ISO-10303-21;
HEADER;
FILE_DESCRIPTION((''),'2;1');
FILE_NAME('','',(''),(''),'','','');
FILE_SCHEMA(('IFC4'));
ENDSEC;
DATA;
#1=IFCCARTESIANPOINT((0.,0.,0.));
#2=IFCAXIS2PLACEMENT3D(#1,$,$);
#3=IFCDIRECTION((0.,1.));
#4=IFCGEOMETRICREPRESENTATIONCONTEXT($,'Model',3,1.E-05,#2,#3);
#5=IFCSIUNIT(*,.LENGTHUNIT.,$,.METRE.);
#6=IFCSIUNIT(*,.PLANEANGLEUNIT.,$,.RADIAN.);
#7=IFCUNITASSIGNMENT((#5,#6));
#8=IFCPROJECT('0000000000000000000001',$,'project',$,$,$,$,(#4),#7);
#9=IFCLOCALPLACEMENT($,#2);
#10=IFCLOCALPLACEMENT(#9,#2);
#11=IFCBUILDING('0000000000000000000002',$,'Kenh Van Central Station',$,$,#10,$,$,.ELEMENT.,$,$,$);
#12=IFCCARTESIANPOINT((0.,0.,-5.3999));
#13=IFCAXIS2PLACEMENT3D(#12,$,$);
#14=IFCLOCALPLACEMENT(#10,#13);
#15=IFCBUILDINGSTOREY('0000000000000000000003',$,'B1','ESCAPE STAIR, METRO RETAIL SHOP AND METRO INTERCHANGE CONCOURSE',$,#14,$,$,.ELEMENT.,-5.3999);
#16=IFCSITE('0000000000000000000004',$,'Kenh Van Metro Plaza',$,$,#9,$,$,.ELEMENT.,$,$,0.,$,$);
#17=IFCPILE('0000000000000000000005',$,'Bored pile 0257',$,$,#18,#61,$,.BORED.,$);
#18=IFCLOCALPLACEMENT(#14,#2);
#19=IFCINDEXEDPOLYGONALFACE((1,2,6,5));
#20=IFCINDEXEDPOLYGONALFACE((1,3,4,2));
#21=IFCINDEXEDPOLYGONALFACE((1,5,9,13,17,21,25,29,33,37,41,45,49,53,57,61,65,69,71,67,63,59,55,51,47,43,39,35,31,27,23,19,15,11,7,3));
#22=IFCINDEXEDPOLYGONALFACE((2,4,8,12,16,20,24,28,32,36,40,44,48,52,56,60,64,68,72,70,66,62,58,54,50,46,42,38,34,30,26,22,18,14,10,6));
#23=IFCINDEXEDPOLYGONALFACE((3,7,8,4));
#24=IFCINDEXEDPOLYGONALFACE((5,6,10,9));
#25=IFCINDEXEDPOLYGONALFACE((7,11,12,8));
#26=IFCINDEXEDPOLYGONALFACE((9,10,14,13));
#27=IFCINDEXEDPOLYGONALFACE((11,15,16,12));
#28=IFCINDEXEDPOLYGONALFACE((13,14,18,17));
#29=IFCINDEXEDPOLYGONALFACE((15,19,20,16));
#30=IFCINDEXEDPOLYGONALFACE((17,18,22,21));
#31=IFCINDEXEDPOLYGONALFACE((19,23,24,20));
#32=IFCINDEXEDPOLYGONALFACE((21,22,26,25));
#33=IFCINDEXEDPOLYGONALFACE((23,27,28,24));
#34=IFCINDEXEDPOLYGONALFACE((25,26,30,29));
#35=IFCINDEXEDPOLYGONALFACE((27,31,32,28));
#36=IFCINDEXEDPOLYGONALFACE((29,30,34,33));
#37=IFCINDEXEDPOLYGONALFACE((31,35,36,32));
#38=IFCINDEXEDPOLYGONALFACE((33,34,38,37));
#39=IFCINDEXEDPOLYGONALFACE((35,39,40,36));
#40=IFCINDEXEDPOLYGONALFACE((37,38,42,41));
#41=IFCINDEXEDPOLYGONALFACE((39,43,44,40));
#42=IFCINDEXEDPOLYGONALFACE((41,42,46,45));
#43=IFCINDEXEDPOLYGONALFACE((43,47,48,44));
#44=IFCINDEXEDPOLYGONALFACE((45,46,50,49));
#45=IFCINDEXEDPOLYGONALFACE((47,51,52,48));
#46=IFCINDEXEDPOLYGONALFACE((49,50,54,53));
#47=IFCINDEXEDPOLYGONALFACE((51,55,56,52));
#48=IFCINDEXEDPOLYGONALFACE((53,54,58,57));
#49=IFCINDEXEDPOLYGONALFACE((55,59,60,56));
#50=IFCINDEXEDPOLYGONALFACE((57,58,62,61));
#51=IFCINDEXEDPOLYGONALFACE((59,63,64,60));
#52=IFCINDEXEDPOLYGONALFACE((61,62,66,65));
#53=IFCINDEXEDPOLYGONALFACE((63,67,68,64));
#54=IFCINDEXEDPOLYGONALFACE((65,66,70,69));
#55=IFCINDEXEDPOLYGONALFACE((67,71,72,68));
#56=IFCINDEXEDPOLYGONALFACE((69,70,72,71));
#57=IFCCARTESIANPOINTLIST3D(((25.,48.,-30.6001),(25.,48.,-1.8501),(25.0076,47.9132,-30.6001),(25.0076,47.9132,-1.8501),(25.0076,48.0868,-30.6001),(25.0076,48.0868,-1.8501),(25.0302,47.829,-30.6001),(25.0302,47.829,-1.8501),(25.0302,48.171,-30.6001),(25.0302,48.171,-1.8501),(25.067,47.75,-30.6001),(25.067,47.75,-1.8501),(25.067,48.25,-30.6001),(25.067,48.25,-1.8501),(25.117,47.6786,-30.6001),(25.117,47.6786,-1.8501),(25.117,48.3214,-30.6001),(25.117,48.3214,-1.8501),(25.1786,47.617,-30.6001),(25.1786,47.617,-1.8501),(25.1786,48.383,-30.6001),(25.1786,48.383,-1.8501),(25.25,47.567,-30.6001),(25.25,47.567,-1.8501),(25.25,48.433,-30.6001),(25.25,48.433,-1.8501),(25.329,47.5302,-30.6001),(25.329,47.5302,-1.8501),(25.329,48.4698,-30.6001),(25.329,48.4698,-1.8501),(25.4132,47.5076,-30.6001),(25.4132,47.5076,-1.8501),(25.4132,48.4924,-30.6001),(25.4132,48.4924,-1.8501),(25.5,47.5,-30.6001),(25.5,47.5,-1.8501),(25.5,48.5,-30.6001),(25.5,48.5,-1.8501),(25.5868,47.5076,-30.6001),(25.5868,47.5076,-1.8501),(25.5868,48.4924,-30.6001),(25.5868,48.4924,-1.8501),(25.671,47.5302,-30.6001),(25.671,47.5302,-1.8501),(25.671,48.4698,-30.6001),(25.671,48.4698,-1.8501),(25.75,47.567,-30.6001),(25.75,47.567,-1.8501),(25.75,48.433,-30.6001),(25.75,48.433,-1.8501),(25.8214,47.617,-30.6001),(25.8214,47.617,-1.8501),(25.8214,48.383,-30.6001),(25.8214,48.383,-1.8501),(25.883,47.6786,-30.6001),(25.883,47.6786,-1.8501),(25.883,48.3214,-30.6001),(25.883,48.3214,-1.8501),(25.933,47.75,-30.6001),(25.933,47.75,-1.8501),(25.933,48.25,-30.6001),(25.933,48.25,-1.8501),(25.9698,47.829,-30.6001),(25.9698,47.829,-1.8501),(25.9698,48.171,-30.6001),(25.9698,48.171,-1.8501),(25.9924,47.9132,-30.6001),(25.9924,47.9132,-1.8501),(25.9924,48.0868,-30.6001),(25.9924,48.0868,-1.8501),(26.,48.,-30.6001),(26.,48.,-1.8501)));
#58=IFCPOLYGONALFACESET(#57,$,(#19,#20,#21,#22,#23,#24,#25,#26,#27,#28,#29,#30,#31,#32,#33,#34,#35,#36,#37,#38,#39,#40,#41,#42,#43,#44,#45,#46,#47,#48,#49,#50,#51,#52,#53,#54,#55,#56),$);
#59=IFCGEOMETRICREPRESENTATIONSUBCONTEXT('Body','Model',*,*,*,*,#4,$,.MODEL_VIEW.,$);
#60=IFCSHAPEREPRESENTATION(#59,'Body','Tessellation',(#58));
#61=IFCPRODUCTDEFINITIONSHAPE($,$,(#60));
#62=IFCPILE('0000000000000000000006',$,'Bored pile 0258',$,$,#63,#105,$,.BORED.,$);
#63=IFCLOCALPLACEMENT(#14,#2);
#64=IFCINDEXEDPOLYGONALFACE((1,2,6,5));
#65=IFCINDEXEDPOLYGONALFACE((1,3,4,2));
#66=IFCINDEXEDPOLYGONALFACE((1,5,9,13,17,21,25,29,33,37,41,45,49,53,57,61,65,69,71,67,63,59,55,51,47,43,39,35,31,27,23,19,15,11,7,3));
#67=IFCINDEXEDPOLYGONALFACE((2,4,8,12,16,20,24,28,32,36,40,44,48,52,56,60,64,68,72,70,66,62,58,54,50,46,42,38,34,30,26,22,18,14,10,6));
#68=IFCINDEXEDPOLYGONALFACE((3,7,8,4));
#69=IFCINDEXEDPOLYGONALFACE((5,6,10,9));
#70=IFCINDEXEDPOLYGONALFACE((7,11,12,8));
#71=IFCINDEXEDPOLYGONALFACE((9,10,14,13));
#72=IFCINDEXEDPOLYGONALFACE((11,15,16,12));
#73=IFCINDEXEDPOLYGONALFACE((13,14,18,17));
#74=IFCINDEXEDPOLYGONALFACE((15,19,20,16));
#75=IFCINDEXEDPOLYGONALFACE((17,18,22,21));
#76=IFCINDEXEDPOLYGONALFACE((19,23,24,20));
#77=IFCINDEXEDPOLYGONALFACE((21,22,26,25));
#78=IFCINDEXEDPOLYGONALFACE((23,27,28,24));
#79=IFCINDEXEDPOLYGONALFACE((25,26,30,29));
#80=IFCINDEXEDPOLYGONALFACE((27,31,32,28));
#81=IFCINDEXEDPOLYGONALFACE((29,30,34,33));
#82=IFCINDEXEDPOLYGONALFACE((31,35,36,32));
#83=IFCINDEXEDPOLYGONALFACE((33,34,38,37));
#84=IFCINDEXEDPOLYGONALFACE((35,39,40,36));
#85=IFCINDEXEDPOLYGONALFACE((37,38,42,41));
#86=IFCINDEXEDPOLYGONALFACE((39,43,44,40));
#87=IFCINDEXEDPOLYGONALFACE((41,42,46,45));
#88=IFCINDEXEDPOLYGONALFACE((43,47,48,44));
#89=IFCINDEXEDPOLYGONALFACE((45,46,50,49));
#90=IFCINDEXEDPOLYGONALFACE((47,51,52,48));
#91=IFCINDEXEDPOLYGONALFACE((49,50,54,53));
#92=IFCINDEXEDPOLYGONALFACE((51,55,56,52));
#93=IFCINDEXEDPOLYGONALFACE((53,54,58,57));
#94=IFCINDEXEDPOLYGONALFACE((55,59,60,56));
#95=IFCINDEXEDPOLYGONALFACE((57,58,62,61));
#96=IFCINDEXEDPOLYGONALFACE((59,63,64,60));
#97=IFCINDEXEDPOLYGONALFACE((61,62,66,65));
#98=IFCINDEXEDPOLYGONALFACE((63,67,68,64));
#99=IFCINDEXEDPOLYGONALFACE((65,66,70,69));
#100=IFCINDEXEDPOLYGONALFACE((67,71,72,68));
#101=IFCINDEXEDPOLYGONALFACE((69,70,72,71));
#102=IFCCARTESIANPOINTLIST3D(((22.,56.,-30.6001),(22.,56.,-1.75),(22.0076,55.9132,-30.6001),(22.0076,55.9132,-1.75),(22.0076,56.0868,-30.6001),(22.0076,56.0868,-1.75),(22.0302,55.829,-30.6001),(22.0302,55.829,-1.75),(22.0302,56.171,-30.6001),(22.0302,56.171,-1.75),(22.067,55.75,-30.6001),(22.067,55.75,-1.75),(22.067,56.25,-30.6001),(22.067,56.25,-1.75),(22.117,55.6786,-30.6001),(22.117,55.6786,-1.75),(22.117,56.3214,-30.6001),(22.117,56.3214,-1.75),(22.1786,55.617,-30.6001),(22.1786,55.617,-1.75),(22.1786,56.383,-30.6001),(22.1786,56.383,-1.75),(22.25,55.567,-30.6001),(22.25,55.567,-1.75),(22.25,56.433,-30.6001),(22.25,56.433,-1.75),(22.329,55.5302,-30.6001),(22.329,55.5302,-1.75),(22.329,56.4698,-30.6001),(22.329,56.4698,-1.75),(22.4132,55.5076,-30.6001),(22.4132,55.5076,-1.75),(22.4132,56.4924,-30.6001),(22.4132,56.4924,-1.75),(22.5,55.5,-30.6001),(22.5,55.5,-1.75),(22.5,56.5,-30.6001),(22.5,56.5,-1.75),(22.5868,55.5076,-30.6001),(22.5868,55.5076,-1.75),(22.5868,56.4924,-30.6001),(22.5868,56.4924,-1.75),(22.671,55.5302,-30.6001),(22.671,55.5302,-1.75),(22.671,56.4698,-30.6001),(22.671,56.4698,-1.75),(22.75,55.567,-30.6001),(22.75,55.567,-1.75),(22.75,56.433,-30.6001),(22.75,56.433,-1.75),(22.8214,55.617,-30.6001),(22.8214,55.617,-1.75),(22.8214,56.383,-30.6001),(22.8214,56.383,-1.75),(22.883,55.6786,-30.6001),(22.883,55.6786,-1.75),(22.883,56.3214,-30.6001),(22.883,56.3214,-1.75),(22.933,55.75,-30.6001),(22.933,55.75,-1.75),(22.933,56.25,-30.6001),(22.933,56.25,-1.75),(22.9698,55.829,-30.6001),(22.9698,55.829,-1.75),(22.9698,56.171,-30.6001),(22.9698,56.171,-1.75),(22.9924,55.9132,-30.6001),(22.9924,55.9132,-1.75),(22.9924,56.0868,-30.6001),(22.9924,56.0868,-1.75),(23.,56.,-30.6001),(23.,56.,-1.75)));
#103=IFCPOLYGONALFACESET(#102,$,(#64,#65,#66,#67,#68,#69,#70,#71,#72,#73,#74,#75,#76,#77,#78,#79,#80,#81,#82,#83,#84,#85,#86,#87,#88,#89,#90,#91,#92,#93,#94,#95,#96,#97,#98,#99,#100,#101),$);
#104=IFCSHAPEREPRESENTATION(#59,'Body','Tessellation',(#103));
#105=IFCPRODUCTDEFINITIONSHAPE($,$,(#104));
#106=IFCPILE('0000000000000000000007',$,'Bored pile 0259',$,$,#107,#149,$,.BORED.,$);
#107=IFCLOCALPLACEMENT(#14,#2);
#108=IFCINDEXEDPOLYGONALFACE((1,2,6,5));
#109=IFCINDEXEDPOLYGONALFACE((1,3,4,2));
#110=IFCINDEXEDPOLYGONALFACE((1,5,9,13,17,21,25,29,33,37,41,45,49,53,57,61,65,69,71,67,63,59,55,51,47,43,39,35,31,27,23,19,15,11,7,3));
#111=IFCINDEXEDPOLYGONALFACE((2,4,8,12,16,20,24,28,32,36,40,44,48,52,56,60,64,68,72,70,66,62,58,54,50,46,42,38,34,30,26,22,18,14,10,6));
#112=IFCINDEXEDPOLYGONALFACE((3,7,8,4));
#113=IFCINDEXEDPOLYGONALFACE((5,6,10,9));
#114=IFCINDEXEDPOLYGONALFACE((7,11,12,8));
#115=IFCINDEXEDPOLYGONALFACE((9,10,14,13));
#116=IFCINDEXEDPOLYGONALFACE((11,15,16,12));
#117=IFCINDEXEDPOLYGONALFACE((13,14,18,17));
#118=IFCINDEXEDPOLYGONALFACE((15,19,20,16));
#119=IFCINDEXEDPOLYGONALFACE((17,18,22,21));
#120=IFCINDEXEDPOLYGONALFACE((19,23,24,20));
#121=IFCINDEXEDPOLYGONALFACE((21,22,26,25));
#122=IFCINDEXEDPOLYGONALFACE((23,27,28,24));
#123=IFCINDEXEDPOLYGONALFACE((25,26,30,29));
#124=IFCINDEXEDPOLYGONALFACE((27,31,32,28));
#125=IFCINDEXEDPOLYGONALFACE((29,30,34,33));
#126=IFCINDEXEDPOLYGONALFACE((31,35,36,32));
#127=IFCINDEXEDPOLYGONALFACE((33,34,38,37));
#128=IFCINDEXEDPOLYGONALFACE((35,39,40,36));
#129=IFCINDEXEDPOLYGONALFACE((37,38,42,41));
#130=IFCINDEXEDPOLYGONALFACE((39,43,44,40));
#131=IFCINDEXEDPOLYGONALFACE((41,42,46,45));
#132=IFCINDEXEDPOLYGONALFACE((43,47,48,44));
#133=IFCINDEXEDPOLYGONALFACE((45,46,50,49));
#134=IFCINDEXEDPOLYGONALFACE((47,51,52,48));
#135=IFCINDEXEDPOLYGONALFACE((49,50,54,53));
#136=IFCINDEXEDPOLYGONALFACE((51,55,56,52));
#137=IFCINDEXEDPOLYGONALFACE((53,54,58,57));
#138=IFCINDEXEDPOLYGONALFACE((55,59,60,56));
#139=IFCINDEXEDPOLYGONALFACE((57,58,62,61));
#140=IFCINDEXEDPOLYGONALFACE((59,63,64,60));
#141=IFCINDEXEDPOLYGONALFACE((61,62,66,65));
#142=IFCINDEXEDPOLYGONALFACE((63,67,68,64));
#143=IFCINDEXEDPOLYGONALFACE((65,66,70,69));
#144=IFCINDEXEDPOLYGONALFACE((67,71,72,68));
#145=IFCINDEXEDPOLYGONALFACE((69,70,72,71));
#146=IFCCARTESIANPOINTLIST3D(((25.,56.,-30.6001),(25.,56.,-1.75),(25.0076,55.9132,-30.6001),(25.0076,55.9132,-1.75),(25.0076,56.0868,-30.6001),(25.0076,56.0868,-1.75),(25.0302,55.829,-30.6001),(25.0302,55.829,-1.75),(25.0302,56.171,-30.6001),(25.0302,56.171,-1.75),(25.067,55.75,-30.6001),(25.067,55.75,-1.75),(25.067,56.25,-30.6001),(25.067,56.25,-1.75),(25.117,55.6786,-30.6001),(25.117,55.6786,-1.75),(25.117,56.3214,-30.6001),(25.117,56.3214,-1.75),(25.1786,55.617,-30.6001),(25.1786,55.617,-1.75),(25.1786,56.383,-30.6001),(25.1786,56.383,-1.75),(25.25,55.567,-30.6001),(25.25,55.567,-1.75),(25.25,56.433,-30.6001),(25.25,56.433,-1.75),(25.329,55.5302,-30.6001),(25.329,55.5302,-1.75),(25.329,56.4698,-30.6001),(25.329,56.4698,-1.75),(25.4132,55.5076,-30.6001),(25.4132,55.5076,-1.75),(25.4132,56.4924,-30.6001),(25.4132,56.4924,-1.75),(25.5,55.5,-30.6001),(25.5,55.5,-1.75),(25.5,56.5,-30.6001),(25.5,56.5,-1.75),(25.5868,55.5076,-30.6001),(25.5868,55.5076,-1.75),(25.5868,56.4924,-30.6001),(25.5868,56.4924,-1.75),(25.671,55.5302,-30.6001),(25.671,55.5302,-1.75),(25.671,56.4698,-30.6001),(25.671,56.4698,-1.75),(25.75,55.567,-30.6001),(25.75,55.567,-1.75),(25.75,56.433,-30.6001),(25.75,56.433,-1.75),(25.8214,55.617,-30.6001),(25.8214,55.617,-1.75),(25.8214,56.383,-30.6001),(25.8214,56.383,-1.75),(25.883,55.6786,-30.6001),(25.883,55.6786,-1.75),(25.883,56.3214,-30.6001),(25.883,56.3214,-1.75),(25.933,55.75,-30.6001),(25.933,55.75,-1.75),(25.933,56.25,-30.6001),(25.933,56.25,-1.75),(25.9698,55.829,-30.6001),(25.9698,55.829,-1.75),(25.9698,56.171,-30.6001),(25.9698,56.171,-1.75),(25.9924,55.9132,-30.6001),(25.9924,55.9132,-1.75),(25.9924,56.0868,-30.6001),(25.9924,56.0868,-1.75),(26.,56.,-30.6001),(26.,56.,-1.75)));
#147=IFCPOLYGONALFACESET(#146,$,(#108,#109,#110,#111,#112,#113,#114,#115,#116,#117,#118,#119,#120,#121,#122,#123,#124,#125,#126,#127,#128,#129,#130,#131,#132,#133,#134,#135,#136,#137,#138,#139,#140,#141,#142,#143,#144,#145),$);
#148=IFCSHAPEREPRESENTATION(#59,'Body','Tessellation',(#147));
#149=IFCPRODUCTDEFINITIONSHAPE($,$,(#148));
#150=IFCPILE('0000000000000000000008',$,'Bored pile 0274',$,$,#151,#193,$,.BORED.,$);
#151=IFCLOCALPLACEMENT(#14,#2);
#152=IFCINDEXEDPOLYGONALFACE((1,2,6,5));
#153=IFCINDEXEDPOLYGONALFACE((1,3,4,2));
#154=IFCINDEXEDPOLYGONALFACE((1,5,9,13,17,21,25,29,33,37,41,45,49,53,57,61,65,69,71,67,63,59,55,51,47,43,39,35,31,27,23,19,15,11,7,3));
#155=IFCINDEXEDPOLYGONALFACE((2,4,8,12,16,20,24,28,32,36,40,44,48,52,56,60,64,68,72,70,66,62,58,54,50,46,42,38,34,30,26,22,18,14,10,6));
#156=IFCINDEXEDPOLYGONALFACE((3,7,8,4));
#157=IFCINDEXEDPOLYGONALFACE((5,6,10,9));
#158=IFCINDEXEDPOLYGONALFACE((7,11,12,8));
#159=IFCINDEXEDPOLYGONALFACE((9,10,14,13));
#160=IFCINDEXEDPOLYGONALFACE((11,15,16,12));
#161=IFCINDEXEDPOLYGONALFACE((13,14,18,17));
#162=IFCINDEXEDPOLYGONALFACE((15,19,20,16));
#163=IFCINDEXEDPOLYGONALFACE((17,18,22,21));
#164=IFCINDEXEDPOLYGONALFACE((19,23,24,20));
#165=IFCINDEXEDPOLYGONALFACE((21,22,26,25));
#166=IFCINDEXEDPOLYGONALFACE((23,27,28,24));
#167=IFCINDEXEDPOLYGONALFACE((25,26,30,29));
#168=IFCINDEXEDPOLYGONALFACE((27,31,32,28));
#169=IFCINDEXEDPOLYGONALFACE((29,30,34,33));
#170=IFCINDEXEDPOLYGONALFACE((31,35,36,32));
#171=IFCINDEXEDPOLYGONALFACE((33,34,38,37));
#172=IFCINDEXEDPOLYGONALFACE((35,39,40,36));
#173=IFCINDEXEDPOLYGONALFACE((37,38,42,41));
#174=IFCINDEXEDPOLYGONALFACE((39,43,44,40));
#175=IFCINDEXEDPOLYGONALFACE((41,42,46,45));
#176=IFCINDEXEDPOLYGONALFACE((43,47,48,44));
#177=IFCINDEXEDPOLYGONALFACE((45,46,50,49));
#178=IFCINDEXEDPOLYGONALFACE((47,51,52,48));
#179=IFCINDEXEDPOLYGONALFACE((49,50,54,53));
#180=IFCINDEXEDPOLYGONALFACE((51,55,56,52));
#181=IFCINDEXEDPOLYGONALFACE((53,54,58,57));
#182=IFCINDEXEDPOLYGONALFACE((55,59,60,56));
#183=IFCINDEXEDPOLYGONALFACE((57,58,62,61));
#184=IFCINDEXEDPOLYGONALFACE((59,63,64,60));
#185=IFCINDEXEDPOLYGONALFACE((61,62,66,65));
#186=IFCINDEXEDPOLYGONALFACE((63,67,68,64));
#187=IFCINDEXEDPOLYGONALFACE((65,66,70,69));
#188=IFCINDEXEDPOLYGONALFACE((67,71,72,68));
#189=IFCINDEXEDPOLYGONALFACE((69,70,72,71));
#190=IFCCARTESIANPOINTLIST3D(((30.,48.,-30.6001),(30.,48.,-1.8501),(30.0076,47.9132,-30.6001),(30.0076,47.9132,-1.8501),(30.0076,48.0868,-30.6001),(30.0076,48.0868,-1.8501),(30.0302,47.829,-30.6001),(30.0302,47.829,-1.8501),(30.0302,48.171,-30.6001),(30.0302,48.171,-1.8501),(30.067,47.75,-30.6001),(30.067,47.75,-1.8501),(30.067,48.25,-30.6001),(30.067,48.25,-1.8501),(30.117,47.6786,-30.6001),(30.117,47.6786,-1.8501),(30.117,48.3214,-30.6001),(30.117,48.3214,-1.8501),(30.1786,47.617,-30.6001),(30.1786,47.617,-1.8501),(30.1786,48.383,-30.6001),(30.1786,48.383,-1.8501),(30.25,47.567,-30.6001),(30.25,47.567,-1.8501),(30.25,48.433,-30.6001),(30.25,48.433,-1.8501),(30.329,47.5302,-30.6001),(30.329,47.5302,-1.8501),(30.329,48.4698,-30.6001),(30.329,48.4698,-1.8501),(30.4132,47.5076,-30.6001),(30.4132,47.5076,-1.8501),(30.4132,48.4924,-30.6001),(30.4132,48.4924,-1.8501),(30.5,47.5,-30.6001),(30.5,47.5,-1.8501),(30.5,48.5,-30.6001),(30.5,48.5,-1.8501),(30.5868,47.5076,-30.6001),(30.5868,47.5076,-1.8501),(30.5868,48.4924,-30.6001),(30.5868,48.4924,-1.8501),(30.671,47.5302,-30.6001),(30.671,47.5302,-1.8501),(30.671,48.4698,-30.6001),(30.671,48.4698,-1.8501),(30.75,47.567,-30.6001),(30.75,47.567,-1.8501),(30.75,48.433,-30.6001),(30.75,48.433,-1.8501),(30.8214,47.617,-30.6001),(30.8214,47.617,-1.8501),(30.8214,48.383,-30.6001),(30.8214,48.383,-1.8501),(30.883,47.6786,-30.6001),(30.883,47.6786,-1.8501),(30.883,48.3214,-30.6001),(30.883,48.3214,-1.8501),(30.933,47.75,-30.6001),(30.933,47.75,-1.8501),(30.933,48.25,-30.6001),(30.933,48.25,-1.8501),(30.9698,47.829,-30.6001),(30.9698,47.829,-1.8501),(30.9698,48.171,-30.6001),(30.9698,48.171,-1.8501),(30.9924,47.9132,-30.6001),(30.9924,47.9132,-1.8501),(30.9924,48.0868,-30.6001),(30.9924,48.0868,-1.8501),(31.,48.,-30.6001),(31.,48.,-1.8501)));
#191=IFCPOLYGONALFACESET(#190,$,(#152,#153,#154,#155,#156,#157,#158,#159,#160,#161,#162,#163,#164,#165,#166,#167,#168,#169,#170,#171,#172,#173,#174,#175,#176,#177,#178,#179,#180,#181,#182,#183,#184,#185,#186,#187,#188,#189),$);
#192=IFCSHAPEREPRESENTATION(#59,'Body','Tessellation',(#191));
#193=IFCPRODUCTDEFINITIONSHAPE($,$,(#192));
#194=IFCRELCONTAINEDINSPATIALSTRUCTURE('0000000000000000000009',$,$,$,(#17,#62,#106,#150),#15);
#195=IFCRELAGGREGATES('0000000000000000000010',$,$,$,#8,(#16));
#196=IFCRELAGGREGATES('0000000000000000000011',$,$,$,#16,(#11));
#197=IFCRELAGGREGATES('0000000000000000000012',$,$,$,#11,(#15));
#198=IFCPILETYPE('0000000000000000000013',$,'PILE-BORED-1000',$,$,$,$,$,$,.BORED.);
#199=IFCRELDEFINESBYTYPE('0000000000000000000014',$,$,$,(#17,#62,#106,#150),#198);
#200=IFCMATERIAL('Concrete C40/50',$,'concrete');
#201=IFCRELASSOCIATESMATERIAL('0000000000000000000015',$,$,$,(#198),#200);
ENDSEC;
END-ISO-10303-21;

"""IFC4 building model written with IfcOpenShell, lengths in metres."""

from ifc_helpers import new_model, si_unit, direction, frame, origin, origin_2d, place, context, subcontext, project, spatial, circle, extrude, material, material_profile, profile_set, type_object, element, save


model = new_model("IFC4")

# Units and contexts
model_context = context("Model", 3, precision=1e-05, world=origin(), true_north=direction((0.0, 1.0)))
body_context = subcontext(model_context, "Body", "Model", "MODEL_VIEW")
ifc_project = project(units=[si_unit("LENGTHUNIT", "METRE"), si_unit("PLANEANGLEUNIT", "RADIAN")], contexts=[model_context])

# Site, building, storey
site_placement = place(None, origin())
site = spatial("IfcSite", under=ifc_project, at=site_placement, Name="Kenh Van Metro Plaza", CompositionType="ELEMENT", RefElevation=0.0)
building_placement = place(site_placement, origin())
building = spatial("IfcBuilding", under=site, at=building_placement, Name="Kenh Van Central Station", CompositionType="ELEMENT")
storey_placement = place(building_placement, frame((0.0, 0.0, -5.3999)))
storey = spatial("IfcBuildingStorey", under=building, at=storey_placement, Name="B1", Description="ESCAPE STAIR, METRO RETAIL SHOP AND METRO INTERCHANGE CONCOURSE", CompositionType="ELEMENT", Elevation=-5.3999)

# Shared definitions
ifc_material_1 = material(Name="Concrete C40/50", Category="concrete")

# Piles
ifc_material_profile_1 = material_profile(ifc_material_1, circle(Radius=0.5, at=origin_2d()), Name="PILE D1000")
ifc_profile_set_1 = profile_set([ifc_material_profile_1], Name="Concrete C40/50")
pile_type = type_object("IfcPileType", Name="PILE-BORED-1000", PredefinedType="BORED", material=ifc_profile_set_1)
for number, where, z_axis, x_axis, name in (
    (1, (25.5, 48.0, -1.8501), (0.0, 0.0, -1.0), (1.0, 0.0, 0.0), "Bored pile 0257"),
):
    element("IfcPile", number, at=place(storey_placement, frame(where, z_axis=z_axis, x_axis=x_axis)), inside=storey, type_object=pile_type, Name=name, PredefinedType="BORED", context=body_context, shape_type="SweptSolid", body=[
        extrude(circle(Radius=0.5, at=origin_2d()), origin(), (0.0, 0.0, 1.0), 28.75),
    ])
for number, where, z_axis, x_axis, name in (
    (2, (22.5, 56.0, -1.75), (0.0, 0.0, -1.0), (1.0, 0.0, 0.0), "Bored pile 0258"),
    (3, (25.5, 56.0, -1.75), (0.0, 0.0, -1.0), (1.0, 0.0, 0.0), "Bored pile 0259"),
):
    element("IfcPile", number, at=place(storey_placement, frame(where, z_axis=z_axis, x_axis=x_axis)), inside=storey, type_object=pile_type, Name=name, PredefinedType="BORED", context=body_context, shape_type="SweptSolid", body=[
        extrude(circle(Radius=0.5, at=origin_2d()), origin(), (0.0, 0.0, 1.0), 28.8501),
    ])
pile_1_placement = place(storey_placement, frame((30.5, 48.0, -1.8501), z_axis=(0.0, 0.0, -1.0), x_axis=(1.0, 0.0, 0.0)))
element("IfcPile", 4, at=pile_1_placement, inside=storey, type_object=pile_type, Name="Bored pile 0274", PredefinedType="BORED", context=body_context, shape_type="SweptSolid", body=[
    extrude(circle(Radius=0.5, at=origin_2d()), origin(), (0.0, 0.0, 1.0), 28.75),
])

save(model, "model.ifc")
